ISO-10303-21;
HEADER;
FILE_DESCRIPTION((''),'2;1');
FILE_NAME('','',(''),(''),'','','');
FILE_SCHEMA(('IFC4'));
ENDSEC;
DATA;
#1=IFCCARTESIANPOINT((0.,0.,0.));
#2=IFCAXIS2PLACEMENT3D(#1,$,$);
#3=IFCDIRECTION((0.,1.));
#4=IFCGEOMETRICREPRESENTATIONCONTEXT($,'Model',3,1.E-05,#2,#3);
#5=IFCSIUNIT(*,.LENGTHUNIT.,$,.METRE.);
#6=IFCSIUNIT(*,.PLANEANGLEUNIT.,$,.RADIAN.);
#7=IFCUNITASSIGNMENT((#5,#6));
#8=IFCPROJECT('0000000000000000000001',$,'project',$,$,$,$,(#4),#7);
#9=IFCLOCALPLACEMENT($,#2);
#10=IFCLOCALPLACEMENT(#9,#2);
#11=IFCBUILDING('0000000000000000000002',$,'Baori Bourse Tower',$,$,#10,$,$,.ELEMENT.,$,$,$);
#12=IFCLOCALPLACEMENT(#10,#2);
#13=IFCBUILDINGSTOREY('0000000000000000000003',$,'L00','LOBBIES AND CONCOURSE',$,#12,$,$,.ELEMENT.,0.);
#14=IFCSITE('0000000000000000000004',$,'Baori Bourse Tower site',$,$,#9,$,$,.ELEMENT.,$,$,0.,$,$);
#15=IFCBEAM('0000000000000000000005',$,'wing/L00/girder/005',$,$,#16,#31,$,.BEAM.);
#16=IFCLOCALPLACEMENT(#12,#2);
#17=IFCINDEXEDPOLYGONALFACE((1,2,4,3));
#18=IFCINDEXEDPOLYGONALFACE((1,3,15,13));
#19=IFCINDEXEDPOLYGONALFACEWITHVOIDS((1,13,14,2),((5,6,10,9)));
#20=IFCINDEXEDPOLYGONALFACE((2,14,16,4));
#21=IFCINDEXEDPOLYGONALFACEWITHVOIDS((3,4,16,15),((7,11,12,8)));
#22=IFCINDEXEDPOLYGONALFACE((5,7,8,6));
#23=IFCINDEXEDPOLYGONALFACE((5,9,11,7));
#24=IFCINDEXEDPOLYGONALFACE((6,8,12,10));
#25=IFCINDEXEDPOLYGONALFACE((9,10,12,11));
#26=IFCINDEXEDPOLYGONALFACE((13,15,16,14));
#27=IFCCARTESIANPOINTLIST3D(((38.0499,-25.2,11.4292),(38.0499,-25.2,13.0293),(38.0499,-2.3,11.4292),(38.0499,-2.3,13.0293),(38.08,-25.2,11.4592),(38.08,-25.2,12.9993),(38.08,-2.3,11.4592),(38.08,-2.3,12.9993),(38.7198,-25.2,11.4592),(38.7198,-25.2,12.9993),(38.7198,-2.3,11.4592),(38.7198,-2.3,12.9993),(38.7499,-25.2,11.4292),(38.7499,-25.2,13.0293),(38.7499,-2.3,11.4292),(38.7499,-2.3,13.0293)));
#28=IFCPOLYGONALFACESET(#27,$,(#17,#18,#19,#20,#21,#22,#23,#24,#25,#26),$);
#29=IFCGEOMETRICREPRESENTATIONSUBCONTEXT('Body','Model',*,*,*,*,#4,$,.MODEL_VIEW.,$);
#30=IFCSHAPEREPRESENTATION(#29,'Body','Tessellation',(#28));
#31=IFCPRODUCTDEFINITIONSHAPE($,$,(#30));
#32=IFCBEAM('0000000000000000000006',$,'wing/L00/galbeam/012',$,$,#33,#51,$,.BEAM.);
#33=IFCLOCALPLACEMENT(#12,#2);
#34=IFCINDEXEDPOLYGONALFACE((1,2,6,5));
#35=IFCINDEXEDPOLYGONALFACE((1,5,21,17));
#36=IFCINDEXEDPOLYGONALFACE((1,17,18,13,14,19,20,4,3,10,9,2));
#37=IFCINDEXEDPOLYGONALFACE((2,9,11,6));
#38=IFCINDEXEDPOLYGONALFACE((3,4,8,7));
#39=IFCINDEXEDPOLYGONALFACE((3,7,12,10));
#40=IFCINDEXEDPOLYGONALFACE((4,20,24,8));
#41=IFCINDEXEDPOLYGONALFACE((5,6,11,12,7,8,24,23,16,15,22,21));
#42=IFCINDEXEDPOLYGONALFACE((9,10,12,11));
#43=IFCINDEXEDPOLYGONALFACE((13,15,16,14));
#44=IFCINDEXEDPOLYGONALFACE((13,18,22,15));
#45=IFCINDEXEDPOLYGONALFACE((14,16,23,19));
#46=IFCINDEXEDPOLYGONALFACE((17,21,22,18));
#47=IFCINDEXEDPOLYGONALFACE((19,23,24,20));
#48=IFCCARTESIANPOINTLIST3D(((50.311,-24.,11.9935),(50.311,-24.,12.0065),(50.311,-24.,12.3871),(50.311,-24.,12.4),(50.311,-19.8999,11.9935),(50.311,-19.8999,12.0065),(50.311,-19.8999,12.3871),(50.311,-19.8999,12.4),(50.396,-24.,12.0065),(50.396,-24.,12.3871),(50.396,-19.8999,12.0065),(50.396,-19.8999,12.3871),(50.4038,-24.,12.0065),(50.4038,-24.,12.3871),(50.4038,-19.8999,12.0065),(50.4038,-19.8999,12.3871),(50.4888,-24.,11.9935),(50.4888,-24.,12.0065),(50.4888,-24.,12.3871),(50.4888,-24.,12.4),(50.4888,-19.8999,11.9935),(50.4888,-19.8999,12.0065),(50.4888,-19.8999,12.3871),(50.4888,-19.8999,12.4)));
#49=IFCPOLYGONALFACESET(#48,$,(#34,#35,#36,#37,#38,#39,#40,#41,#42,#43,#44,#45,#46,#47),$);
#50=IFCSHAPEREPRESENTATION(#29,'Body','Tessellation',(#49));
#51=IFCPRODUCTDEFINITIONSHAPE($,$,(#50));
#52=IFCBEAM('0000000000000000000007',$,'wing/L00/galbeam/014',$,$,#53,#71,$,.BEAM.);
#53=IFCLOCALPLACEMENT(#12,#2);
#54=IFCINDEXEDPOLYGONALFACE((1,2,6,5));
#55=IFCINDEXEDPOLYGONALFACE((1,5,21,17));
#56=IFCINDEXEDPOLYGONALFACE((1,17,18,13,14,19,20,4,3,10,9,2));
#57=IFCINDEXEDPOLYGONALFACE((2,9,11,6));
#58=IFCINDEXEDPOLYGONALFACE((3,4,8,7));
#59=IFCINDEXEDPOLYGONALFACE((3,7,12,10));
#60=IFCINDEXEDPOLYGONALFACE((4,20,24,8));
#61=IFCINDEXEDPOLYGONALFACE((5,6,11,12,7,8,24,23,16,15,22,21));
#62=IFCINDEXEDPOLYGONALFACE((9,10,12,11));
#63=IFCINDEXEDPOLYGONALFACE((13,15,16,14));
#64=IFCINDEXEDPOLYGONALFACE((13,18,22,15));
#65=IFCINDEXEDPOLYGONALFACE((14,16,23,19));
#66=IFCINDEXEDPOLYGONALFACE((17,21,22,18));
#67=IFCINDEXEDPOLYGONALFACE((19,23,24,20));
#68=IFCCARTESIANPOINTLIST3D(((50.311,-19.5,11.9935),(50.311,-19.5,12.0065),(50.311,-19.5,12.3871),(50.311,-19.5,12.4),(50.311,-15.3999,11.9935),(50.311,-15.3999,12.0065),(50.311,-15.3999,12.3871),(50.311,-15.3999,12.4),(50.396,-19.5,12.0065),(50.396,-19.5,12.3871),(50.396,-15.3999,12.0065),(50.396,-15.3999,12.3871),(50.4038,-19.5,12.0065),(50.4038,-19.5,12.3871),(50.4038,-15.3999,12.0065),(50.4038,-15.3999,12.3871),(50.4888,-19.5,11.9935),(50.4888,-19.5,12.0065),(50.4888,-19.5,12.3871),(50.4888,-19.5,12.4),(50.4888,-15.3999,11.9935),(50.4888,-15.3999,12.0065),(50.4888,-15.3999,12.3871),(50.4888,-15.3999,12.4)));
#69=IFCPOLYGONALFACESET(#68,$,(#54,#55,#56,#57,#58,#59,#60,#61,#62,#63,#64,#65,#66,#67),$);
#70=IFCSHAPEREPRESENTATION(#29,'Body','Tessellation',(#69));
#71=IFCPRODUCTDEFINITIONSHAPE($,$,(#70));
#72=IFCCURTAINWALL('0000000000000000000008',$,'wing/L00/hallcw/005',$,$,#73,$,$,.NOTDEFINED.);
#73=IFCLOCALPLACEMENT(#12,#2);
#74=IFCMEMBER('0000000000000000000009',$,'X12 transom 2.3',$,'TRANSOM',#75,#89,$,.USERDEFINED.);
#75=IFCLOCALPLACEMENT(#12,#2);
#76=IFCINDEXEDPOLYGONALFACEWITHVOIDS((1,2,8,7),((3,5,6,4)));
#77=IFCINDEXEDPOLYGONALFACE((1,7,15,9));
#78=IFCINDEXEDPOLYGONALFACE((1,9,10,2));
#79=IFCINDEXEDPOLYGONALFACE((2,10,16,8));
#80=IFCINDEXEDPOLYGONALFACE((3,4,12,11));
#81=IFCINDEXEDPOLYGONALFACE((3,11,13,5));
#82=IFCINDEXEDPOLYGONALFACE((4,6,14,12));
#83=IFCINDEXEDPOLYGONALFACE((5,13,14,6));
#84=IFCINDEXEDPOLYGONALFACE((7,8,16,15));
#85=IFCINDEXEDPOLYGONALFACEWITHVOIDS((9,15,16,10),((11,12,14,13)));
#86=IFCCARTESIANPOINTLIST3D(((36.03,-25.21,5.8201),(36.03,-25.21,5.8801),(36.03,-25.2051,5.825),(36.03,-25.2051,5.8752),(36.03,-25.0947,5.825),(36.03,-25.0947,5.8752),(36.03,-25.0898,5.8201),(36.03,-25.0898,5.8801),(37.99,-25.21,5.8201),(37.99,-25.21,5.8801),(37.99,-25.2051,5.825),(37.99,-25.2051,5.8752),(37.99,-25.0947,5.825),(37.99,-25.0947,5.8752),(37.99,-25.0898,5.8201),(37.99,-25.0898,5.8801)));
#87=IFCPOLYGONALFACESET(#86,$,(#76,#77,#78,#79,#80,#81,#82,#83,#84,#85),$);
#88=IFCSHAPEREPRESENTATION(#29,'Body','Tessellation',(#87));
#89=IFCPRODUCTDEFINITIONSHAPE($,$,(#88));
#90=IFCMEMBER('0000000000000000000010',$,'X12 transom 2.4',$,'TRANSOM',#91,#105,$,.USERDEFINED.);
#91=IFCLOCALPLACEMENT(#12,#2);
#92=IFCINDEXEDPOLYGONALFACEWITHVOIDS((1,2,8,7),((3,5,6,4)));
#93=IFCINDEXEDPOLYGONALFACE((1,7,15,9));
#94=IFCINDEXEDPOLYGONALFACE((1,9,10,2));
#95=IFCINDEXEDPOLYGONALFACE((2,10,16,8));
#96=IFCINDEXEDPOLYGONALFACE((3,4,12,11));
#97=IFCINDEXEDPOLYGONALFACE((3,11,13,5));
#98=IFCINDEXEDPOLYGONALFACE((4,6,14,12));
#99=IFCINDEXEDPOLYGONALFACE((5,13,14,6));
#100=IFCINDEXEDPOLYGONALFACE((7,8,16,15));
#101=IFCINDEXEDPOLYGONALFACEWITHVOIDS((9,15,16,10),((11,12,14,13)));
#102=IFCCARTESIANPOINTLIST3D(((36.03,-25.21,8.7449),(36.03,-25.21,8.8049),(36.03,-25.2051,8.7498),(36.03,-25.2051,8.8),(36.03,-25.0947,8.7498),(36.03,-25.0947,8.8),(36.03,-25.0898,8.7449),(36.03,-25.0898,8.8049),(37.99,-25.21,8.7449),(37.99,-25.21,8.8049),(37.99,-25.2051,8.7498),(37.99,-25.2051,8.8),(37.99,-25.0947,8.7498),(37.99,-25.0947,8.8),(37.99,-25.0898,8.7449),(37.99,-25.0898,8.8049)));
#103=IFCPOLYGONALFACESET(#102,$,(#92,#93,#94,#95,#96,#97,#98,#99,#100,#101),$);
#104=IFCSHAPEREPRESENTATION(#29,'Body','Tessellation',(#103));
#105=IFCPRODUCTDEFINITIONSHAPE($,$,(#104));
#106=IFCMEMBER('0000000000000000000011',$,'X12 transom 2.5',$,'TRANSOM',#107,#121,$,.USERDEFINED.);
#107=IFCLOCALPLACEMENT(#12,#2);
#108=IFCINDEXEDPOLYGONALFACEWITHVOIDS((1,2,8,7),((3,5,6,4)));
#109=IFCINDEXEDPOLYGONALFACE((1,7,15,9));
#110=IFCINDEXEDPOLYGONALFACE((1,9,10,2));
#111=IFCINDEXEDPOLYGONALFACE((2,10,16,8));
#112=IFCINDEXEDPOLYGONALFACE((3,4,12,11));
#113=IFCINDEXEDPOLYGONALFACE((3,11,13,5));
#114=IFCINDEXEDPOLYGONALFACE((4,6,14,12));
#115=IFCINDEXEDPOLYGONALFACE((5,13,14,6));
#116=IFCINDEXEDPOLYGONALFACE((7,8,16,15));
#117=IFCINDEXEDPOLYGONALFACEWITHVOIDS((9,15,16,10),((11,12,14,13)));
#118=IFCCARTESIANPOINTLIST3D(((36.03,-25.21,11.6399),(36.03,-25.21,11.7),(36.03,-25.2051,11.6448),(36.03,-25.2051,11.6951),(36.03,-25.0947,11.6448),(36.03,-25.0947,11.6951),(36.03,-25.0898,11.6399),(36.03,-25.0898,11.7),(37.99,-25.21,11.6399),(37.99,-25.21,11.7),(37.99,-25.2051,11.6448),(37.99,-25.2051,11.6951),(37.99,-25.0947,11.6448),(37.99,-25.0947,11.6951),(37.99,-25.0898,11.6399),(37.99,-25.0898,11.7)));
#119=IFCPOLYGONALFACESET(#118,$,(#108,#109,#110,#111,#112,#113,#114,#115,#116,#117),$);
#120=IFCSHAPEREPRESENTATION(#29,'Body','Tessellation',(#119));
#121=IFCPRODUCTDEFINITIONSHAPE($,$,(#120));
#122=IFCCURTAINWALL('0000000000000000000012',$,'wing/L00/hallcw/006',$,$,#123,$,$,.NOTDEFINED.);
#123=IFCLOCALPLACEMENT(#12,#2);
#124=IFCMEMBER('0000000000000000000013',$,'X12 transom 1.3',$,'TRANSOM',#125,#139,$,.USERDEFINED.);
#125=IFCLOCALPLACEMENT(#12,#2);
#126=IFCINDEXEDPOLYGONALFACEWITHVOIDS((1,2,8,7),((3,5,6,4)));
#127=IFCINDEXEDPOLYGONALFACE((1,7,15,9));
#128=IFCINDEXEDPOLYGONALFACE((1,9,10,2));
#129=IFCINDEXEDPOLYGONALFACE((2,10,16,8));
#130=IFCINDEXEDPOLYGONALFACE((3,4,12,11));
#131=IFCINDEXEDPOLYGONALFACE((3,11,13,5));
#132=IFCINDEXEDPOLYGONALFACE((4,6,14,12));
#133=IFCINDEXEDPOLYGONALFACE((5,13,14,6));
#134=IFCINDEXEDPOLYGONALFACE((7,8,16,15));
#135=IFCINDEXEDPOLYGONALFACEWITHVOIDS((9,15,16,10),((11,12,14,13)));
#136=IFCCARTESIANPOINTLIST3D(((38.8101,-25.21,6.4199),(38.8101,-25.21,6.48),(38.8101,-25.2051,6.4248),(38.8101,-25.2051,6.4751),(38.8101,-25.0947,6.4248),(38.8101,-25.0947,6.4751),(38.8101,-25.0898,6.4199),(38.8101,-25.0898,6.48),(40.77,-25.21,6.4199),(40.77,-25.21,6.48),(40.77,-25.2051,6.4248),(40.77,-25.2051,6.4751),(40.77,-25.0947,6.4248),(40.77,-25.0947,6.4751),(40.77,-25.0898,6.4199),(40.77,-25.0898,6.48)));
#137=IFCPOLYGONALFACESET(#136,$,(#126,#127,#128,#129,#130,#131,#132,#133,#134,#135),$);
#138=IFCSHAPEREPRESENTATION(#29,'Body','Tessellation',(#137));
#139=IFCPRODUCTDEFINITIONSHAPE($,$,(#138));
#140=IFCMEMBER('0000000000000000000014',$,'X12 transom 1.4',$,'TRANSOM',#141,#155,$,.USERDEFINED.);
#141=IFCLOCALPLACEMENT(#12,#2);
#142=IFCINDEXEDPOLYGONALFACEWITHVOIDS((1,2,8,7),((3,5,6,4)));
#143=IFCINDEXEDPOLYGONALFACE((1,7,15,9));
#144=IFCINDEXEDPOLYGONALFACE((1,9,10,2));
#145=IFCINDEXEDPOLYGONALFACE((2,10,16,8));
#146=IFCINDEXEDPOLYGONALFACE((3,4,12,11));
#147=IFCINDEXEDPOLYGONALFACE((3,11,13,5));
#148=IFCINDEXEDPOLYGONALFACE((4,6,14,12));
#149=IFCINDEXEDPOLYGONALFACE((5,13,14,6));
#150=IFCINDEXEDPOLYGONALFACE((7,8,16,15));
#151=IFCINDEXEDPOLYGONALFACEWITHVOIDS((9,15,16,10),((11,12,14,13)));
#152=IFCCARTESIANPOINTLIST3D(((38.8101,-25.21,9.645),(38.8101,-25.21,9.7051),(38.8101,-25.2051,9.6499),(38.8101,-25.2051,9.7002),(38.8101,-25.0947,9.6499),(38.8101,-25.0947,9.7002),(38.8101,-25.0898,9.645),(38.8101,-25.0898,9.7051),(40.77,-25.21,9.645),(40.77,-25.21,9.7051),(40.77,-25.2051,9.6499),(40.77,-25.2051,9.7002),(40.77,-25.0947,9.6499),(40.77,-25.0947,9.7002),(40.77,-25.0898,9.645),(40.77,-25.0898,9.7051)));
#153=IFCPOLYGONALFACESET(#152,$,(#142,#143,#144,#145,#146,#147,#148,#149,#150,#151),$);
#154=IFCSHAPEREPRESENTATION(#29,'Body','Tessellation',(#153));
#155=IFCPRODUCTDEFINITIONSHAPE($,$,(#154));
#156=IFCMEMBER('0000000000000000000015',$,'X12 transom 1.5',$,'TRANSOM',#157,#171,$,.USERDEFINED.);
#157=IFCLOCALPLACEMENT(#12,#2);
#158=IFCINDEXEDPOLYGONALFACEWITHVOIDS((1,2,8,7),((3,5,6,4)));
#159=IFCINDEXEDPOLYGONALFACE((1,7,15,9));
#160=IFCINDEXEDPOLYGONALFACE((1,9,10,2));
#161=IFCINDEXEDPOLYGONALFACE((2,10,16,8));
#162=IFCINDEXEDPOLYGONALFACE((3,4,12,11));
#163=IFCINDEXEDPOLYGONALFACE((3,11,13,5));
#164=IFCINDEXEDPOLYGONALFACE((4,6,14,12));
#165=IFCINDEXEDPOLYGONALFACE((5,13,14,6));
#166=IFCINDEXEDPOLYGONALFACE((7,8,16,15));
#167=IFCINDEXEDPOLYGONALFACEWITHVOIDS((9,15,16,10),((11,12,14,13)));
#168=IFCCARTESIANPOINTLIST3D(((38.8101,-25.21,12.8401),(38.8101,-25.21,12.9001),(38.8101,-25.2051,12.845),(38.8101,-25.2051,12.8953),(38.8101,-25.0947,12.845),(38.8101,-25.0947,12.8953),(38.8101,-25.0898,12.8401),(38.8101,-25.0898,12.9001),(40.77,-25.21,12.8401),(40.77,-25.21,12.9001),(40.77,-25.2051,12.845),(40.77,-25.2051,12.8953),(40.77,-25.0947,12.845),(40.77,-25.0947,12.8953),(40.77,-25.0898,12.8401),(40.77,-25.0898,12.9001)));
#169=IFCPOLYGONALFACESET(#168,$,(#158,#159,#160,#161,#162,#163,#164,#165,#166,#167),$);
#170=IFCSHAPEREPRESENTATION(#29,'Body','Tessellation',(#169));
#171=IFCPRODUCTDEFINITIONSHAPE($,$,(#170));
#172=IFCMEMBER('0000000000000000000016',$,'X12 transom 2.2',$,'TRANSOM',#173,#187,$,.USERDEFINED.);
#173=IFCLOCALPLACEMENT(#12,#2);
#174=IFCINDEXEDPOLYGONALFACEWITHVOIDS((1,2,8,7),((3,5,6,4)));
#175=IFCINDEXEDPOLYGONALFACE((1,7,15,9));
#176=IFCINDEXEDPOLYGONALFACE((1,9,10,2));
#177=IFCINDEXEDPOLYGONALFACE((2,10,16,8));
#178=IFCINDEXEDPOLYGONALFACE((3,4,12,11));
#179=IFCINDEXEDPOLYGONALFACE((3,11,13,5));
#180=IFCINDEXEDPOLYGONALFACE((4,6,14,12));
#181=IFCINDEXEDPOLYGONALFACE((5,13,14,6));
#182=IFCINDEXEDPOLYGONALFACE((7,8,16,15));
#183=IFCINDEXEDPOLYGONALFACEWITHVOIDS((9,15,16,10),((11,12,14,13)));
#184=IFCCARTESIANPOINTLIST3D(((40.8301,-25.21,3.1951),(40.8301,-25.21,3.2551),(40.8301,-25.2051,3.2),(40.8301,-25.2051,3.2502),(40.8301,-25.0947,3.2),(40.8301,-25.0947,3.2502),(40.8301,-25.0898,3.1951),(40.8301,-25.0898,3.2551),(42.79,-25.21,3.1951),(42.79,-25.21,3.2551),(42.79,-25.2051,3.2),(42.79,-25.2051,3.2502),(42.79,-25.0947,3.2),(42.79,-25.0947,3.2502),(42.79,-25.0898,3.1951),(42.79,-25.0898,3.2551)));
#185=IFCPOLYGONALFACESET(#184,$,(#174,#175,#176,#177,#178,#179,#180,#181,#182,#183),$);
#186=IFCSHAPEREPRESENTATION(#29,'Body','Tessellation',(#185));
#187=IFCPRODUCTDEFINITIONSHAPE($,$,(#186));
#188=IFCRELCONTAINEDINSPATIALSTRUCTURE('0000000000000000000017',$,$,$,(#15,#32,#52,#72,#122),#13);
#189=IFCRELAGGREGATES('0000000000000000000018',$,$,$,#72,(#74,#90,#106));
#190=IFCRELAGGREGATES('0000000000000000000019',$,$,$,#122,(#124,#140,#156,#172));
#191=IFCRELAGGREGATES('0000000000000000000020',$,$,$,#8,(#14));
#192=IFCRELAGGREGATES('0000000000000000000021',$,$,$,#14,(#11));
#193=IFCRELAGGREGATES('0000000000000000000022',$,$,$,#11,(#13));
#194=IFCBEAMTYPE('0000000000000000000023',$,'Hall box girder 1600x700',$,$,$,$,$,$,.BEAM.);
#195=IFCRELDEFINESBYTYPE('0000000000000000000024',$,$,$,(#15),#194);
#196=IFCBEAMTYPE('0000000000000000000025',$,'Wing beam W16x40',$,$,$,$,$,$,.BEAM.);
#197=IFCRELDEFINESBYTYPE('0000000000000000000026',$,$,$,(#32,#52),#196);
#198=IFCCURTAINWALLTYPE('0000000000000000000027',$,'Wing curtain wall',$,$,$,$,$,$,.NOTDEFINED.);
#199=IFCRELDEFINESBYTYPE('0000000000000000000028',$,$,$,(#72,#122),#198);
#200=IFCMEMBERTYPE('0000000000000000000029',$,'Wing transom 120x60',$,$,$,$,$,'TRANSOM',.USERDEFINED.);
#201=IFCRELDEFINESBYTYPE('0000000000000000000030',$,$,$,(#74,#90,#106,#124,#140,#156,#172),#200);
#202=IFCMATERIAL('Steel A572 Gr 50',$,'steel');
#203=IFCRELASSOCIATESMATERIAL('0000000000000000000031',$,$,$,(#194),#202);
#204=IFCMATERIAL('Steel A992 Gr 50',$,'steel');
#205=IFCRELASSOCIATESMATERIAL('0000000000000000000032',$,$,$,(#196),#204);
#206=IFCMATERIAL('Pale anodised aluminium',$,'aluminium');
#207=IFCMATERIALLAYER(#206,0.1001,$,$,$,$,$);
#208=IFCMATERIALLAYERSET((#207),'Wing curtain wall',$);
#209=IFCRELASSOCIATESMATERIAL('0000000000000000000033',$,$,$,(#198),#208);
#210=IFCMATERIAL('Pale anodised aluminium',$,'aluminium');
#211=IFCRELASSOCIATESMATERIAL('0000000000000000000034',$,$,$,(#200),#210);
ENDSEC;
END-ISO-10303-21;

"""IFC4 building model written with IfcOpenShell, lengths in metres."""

from ifc_helpers import new_model, si_unit, direction, frame, origin, origin_2d, place, context, subcontext, project, spatial, hollow_rectangle, i_section, extrude, material, layer, layer_set, material_profile, profile_set, type_object, element, aggregate, save


model = new_model("IFC4")

# Units and contexts
model_context = context("Model", 3, precision=1e-05, world=origin(), true_north=direction((0.0, 1.0)))
body_context = subcontext(model_context, "Body", "Model", "MODEL_VIEW")
ifc_project = project(units=[si_unit("LENGTHUNIT", "METRE"), si_unit("PLANEANGLEUNIT", "RADIAN")], contexts=[model_context])

# Site, building, storey
site_placement = place(None, origin())
site = spatial("IfcSite", under=ifc_project, at=site_placement, Name="Baori Bourse Tower site", CompositionType="ELEMENT", RefElevation=0.0)
building_placement = place(site_placement, origin())
building = spatial("IfcBuilding", under=site, at=building_placement, Name="Baori Bourse Tower", CompositionType="ELEMENT")
storey_placement = place(building_placement, origin())
storey = spatial("IfcBuildingStorey", under=building, at=storey_placement, Name="L00", Description="LOBBIES AND CONCOURSE", CompositionType="ELEMENT", Elevation=0.0)

# Beams
ifc_material_1 = material(Name="Steel A572 Gr 50", Category="steel")
ifc_material_profile_1 = material_profile(ifc_material_1, hollow_rectangle(XDim=0.7, YDim=1.6001, WallThickness=0.03, at=origin_2d()), Name="BOX 1600x700x30")
ifc_profile_set_1 = profile_set([ifc_material_profile_1], Name="Steel A572 Gr 50")
beam_type_1 = type_object("IfcBeamType", Name="Hall box girder 1600x700", PredefinedType="BEAM", material=ifc_profile_set_1)
beam_placement = place(storey_placement, frame((38.3999, -25.2, 12.2292), z_axis=(0.0, 1.0, 0.0), x_axis=(-1.0, 0.0, 0.0)))
element("IfcBeam", 1, at=beam_placement, inside=storey, type_object=beam_type_1, Name="wing/L00/girder/005", PredefinedType="BEAM", context=body_context, shape_type="SweptSolid", body=[
    extrude(hollow_rectangle(XDim=0.7, YDim=1.6001, WallThickness=0.03, at=origin_2d()), origin(), (0.0, 0.0, 1.0), 22.8999),
])
ifc_material_2 = material(Name="Steel A992 Gr 50", Category="steel")
ifc_material_profile_2 = material_profile(ifc_material_2, i_section(OverallWidth=0.1777, OverallDepth=0.4065, WebThickness=0.0078, FlangeThickness=0.0129, at=origin_2d()), Name="W16x40")
ifc_profile_set_2 = profile_set([ifc_material_profile_2], Name="Steel A992 Gr 50")
beam_type_2 = type_object("IfcBeamType", Name="Wing beam W16x40", PredefinedType="BEAM", material=ifc_profile_set_2)
for number, where, z_axis, x_axis, name in (
    (2, (50.3999, -24.0, 12.1968), (0.0, 1.0, 0.0), (-1.0, 0.0, 0.0), "wing/L00/galbeam/012"),
    (3, (50.3999, -19.5, 12.1968), (0.0, 1.0, 0.0), (-1.0, 0.0, 0.0), "wing/L00/galbeam/014"),
):
    element("IfcBeam", number, at=place(storey_placement, frame(where, z_axis=z_axis, x_axis=x_axis)), inside=storey, type_object=beam_type_2, Name=name, PredefinedType="BEAM", context=body_context, shape_type="SweptSolid", body=[
        extrude(i_section(OverallWidth=0.1777, OverallDepth=0.4065, WebThickness=0.0078, FlangeThickness=0.0129, at=origin_2d()), origin(), (0.0, 0.0, 1.0), 4.1001),
    ])

# Curtain walls, members
ifc_material_3 = material(Name="Pale anodised aluminium", Category="aluminium")
ifc_layer_1 = layer(ifc_material_3, 0.1001)
ifc_layer_set_1 = layer_set([ifc_layer_1], Name="Wing curtain wall")
curtain_wall_type = type_object("IfcCurtainWallType", Name="Wing curtain wall", PredefinedType="NOTDEFINED", material=ifc_layer_set_1)
curtain_wall_1_placement = place(storey_placement, origin())
curtain_wall_1 = element("IfcCurtainWall", 4, at=curtain_wall_1_placement, inside=storey, type_object=curtain_wall_type, Name="wing/L00/hallcw/005", PredefinedType="NOTDEFINED")
ifc_material_4 = material(Name="Pale anodised aluminium", Category="aluminium")
ifc_material_profile_3 = material_profile(ifc_material_4, hollow_rectangle(XDim=0.1201, YDim=0.0601, WallThickness=0.0049, at=origin_2d()), Name="Transom 120x60x5")
ifc_profile_set_3 = profile_set([ifc_material_profile_3], Name="Pale anodised aluminium")
member_type = type_object("IfcMemberType", Name="Wing transom 120x60", ElementType="TRANSOM", PredefinedType="USERDEFINED", material=ifc_profile_set_3)
member_1_placement = place(storey_placement, frame((36.03, -25.1499, 5.8501), z_axis=(1.0, 0.0, 0.0), x_axis=(0.0, 1.0, 0.0)))
member_1 = element("IfcMember", 5, at=member_1_placement, type_object=member_type, Name="X12 transom 2.3", ObjectType="TRANSOM", PredefinedType="USERDEFINED", context=body_context, shape_type="SweptSolid", body=[
    extrude(hollow_rectangle(XDim=0.1201, YDim=0.0601, WallThickness=0.0049, at=origin_2d()), origin(), (0.0, 0.0, 1.0), 1.96),
])
member_2_placement = place(storey_placement, frame((36.03, -25.1499, 8.7749), z_axis=(1.0, 0.0, 0.0), x_axis=(0.0, 1.0, 0.0)))
member_2 = element("IfcMember", 6, at=member_2_placement, type_object=member_type, Name="X12 transom 2.4", ObjectType="TRANSOM", PredefinedType="USERDEFINED", context=body_context, shape_type="SweptSolid", body=[
    extrude(hollow_rectangle(XDim=0.1201, YDim=0.0601, WallThickness=0.0049, at=origin_2d()), origin(), (0.0, 0.0, 1.0), 1.96),
])
member_3_placement = place(storey_placement, frame((36.03, -25.1499, 11.6699), z_axis=(1.0, 0.0, 0.0), x_axis=(0.0, 1.0, 0.0)))
member_3 = element("IfcMember", 7, at=member_3_placement, type_object=member_type, Name="X12 transom 2.5", ObjectType="TRANSOM", PredefinedType="USERDEFINED", context=body_context, shape_type="SweptSolid", body=[
    extrude(hollow_rectangle(XDim=0.1201, YDim=0.0601, WallThickness=0.0049, at=origin_2d()), origin(), (0.0, 0.0, 1.0), 1.96),
])
curtain_wall_2_placement = place(storey_placement, origin())
curtain_wall_2 = element("IfcCurtainWall", 8, at=curtain_wall_2_placement, inside=storey, type_object=curtain_wall_type, Name="wing/L00/hallcw/006", PredefinedType="NOTDEFINED")
member_4_placement = place(storey_placement, frame((38.8101, -25.1499, 6.45), z_axis=(1.0, 0.0, 0.0), x_axis=(0.0, 1.0, 0.0)))
member_4 = element("IfcMember", 9, at=member_4_placement, type_object=member_type, Name="X12 transom 1.3", ObjectType="TRANSOM", PredefinedType="USERDEFINED", context=body_context, shape_type="SweptSolid", body=[
    extrude(hollow_rectangle(XDim=0.1201, YDim=0.0601, WallThickness=0.0049, at=origin_2d()), origin(), (0.0, 0.0, 1.0), 1.96),
])
member_5_placement = place(storey_placement, frame((38.8101, -25.1499, 9.675), z_axis=(1.0, 0.0, 0.0), x_axis=(0.0, 1.0, 0.0)))
member_5 = element("IfcMember", 10, at=member_5_placement, type_object=member_type, Name="X12 transom 1.4", ObjectType="TRANSOM", PredefinedType="USERDEFINED", context=body_context, shape_type="SweptSolid", body=[
    extrude(hollow_rectangle(XDim=0.1201, YDim=0.0601, WallThickness=0.0049, at=origin_2d()), origin(), (0.0, 0.0, 1.0), 1.96),
])
member_6_placement = place(storey_placement, frame((38.8101, -25.1499, 12.8701), z_axis=(1.0, 0.0, 0.0), x_axis=(0.0, 1.0, 0.0)))
member_6 = element("IfcMember", 11, at=member_6_placement, type_object=member_type, Name="X12 transom 1.5", ObjectType="TRANSOM", PredefinedType="USERDEFINED", context=body_context, shape_type="SweptSolid", body=[
    extrude(hollow_rectangle(XDim=0.1201, YDim=0.0601, WallThickness=0.0049, at=origin_2d()), origin(), (0.0, 0.0, 1.0), 1.96),
])
member_7_placement = place(storey_placement, frame((40.8301, -25.1499, 3.2251), z_axis=(1.0, 0.0, 0.0), x_axis=(0.0, 1.0, 0.0)))
member_7 = element("IfcMember", 12, at=member_7_placement, type_object=member_type, Name="X12 transom 2.2", ObjectType="TRANSOM", PredefinedType="USERDEFINED", context=body_context, shape_type="SweptSolid", body=[
    extrude(hollow_rectangle(XDim=0.1201, YDim=0.0601, WallThickness=0.0049, at=origin_2d()), origin(), (0.0, 0.0, 1.0), 1.96),
])

aggregate(curtain_wall_1, [member_1, member_2, member_3])
aggregate(curtain_wall_2, [member_4, member_5, member_6, member_7])

save(model, "model.ifc")
